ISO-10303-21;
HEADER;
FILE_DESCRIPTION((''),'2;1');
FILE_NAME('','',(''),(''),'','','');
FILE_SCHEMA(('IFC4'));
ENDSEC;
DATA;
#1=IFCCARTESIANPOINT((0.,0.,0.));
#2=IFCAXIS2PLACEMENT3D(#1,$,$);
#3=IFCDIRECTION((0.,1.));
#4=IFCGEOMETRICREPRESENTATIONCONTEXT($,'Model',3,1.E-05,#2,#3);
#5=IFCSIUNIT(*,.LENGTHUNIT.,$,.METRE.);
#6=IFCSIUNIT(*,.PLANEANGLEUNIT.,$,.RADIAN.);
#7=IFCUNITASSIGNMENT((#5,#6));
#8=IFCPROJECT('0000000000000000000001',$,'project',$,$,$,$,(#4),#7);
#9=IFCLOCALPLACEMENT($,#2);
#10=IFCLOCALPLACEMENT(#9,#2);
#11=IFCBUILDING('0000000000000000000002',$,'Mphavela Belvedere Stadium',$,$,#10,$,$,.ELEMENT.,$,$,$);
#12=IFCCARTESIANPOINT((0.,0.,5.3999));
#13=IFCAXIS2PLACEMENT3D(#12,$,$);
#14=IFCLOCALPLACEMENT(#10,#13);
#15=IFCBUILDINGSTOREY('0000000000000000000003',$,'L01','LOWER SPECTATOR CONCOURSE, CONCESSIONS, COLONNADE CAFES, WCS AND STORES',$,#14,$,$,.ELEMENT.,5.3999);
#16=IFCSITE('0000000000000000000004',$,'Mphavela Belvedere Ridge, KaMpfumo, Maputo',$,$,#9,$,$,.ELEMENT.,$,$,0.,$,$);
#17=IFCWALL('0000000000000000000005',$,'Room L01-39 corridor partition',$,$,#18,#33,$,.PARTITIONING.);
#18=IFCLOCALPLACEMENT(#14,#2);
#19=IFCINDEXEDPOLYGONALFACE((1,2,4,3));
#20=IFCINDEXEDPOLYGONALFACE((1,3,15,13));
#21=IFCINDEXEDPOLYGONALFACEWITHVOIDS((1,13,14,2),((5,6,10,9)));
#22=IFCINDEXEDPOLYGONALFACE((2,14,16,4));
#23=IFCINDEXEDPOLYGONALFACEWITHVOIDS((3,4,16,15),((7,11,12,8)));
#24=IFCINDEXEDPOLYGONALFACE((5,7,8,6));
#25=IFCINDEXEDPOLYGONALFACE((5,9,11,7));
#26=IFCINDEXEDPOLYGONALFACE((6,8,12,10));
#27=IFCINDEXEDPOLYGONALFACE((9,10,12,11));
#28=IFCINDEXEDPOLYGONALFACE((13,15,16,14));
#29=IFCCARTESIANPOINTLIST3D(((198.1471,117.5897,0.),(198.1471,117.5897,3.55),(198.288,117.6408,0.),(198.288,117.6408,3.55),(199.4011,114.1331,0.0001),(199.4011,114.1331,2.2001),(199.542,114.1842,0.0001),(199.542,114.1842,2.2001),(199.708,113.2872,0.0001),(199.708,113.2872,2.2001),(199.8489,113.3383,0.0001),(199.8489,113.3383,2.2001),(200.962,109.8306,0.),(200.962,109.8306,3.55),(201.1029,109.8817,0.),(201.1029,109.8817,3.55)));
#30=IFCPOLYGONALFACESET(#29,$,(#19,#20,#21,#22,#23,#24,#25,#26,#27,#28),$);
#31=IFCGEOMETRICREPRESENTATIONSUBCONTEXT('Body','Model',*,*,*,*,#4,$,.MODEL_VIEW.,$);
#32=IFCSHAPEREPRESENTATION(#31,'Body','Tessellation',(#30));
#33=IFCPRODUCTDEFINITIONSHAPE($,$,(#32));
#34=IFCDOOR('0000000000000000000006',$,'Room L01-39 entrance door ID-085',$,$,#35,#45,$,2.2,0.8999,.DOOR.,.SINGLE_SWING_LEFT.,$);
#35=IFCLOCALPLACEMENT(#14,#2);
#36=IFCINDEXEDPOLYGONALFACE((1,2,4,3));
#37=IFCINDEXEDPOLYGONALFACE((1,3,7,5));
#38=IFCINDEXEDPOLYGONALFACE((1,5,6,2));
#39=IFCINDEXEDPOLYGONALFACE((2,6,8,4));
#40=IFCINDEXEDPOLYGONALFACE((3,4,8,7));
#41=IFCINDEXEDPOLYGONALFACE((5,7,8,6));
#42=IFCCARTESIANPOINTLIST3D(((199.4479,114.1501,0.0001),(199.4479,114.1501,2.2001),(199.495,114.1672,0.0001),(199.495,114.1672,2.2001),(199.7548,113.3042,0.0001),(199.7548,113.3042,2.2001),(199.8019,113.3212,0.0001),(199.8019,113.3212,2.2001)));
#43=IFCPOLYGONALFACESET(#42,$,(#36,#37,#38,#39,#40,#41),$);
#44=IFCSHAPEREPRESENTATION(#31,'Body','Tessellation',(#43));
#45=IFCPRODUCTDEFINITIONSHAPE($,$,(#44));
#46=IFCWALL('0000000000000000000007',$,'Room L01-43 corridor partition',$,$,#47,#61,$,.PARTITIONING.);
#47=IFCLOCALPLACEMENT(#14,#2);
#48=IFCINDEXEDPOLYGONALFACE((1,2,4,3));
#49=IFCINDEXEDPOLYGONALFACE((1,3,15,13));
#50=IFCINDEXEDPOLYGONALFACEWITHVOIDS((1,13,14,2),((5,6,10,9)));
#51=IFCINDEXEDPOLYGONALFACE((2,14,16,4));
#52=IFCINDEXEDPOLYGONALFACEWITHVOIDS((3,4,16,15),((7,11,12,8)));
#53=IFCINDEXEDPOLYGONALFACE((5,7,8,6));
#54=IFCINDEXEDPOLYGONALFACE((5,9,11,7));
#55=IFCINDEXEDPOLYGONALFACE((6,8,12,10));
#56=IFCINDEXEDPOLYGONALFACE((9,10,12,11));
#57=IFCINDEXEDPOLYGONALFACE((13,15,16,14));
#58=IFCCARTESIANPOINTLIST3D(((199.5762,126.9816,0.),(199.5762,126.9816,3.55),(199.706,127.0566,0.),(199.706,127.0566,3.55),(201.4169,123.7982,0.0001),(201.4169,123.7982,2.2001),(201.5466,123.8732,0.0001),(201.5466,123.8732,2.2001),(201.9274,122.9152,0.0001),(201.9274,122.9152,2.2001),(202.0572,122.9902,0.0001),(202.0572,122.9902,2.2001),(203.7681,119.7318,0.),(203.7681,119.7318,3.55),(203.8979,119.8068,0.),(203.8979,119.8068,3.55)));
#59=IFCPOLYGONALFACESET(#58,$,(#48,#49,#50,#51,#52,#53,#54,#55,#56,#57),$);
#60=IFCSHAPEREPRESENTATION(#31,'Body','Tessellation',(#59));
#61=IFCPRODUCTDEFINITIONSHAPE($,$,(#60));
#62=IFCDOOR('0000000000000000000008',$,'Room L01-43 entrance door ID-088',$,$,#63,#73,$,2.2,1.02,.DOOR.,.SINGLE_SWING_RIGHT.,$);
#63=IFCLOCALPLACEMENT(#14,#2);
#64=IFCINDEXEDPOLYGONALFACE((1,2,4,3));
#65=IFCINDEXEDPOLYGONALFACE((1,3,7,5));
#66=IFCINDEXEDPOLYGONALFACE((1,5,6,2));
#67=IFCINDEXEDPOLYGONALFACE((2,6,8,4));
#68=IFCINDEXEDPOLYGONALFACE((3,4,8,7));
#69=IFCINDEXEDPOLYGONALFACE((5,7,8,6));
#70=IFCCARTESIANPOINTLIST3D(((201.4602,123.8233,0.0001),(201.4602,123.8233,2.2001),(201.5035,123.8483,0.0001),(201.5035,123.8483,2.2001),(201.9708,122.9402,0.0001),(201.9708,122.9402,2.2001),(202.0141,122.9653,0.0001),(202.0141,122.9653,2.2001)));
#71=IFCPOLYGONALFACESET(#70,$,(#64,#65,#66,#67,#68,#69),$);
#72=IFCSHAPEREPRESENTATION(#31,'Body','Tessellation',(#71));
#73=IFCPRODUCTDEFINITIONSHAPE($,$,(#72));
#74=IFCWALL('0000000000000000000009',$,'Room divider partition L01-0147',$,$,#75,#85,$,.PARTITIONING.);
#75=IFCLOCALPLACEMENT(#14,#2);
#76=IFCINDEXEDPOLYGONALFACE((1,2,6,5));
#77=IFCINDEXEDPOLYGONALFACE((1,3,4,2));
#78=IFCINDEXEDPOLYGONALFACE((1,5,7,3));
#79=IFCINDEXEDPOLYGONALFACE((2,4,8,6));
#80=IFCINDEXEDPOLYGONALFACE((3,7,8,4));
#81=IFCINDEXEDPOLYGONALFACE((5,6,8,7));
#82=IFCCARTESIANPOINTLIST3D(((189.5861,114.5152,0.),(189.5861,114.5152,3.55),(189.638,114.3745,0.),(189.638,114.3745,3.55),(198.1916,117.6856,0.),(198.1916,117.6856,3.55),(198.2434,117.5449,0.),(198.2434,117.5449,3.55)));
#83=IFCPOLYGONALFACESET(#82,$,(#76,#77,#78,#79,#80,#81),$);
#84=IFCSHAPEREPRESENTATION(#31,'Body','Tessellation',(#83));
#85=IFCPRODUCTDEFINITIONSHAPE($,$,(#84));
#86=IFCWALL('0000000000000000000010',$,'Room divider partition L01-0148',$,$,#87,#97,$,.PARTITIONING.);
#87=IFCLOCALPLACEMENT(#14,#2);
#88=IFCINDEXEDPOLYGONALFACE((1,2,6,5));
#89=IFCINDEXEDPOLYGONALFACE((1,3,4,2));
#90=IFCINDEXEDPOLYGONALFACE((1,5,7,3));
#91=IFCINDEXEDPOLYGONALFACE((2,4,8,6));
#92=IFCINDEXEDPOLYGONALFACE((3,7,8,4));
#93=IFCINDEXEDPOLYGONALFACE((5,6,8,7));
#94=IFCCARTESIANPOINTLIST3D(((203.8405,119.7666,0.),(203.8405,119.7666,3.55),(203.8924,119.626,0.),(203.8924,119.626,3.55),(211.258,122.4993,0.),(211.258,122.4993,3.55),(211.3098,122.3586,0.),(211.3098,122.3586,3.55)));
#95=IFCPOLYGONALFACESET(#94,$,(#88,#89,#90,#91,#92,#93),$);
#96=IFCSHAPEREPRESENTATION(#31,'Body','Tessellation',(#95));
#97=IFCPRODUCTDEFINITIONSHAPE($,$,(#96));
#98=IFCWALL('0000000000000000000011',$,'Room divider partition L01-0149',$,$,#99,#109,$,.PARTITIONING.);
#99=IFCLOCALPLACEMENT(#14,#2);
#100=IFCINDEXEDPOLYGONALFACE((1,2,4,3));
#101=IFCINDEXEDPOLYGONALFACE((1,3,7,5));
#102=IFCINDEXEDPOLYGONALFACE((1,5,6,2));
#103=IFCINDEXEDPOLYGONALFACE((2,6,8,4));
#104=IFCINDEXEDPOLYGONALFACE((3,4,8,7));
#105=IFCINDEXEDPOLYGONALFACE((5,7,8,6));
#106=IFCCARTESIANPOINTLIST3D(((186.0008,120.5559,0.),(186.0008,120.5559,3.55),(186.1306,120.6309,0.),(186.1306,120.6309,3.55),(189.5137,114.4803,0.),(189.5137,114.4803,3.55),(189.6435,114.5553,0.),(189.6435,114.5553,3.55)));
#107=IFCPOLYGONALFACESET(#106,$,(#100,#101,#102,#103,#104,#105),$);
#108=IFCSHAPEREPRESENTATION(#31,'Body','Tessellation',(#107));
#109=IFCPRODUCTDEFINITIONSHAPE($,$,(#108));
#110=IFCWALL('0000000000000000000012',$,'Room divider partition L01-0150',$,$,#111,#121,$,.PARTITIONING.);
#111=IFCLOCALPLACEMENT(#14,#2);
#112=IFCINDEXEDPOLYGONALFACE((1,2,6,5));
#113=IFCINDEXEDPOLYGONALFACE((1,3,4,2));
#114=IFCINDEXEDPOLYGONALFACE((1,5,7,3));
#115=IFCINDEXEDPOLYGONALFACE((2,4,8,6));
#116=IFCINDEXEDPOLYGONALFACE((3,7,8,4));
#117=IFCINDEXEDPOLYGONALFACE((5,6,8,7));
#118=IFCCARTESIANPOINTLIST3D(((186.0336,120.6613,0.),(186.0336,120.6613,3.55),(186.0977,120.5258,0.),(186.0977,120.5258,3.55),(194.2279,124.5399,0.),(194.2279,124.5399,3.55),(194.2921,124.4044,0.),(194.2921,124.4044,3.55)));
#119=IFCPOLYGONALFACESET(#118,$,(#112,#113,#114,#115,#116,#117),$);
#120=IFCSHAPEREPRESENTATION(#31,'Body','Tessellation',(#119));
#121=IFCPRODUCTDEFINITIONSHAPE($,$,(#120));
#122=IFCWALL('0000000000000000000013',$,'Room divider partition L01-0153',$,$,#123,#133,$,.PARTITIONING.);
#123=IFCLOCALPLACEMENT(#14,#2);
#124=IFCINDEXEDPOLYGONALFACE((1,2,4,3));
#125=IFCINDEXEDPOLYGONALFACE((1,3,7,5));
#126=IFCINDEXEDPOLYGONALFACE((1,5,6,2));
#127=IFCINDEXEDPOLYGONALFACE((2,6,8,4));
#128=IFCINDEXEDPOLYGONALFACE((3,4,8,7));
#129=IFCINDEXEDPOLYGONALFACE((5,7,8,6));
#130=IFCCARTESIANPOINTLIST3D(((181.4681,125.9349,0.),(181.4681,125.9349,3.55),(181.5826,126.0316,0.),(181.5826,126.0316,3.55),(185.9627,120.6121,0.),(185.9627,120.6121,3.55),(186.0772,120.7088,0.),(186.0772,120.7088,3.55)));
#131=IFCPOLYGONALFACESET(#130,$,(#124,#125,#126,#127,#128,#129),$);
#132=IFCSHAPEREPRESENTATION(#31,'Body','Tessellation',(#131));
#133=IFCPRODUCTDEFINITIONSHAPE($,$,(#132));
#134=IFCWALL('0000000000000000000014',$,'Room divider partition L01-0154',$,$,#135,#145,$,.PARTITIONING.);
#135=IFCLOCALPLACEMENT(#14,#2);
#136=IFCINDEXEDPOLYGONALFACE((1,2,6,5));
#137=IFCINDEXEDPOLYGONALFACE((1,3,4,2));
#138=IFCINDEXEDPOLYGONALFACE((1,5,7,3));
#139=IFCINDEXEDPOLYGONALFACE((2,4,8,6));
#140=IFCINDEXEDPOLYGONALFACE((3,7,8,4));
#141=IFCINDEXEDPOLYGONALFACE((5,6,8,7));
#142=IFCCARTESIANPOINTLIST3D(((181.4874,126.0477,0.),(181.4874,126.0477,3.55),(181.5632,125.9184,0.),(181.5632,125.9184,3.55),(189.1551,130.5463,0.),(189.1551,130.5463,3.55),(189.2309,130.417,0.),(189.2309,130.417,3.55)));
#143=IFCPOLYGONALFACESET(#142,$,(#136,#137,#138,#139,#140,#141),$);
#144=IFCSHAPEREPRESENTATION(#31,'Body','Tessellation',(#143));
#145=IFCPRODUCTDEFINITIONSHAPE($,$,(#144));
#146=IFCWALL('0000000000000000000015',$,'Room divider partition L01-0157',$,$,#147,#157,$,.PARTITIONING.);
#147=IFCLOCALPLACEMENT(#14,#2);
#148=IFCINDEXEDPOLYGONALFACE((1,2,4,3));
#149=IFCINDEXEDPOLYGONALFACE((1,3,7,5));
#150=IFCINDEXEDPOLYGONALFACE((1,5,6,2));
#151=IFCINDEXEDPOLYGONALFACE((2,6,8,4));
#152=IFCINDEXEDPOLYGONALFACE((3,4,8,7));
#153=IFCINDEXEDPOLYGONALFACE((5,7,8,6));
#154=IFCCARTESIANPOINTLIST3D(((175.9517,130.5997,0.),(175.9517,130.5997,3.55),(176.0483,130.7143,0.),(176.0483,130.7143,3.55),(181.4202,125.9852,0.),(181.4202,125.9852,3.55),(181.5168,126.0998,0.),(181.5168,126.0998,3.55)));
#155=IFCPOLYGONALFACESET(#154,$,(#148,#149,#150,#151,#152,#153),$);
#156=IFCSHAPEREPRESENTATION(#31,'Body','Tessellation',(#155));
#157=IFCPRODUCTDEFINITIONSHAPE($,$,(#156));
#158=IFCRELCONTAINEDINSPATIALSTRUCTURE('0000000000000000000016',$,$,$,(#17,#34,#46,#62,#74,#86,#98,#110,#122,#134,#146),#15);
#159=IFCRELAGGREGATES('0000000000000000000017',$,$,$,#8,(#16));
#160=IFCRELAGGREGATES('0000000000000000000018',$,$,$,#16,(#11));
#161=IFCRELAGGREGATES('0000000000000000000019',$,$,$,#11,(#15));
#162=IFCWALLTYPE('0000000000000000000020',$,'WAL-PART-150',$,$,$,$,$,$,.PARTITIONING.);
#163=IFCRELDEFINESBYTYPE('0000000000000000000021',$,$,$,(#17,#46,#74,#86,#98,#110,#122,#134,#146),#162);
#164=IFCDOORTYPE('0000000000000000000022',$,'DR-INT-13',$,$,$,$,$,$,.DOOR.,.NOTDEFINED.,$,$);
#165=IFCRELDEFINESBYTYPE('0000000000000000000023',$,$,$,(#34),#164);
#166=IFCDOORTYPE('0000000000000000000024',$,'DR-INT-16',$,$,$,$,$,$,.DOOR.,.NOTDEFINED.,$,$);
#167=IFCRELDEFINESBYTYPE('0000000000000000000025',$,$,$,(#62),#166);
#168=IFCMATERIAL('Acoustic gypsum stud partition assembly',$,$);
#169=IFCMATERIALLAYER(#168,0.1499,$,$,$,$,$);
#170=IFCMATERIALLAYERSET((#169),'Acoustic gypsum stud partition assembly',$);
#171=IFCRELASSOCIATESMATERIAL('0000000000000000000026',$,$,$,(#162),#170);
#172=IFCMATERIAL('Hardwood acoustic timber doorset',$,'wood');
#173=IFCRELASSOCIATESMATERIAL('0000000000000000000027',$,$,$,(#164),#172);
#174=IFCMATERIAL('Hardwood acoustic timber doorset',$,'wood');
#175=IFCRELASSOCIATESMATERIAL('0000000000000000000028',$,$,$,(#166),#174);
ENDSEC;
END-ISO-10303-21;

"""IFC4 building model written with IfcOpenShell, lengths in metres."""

from ifc_helpers import new_model, si_unit, direction, frame, frame_2d, origin, place, context, subcontext, project, spatial, rectangle, extrude, material, layer, layer_set, type_object, element, fill, save


model = new_model("IFC4")

# Units and contexts
model_context = context("Model", 3, precision=1e-05, world=origin(), true_north=direction((0.0, 1.0)))
body_context = subcontext(model_context, "Body", "Model", "MODEL_VIEW")
ifc_project = project(units=[si_unit("LENGTHUNIT", "METRE"), si_unit("PLANEANGLEUNIT", "RADIAN")], contexts=[model_context])

# Site, building, storey
site_placement = place(None, origin())
site = spatial("IfcSite", under=ifc_project, at=site_placement, Name="Mphavela Belvedere Ridge, KaMpfumo, Maputo", CompositionType="ELEMENT", RefElevation=0.0)
building_placement = place(site_placement, origin())
building = spatial("IfcBuilding", under=site, at=building_placement, Name="Mphavela Belvedere Stadium", CompositionType="ELEMENT")
storey_placement = place(building_placement, frame((0.0, 0.0, 5.3999)))
storey = spatial("IfcBuildingStorey", under=building, at=storey_placement, Name="L01", Description="LOWER SPECTATOR CONCOURSE, CONCESSIONS, COLONNADE CAFES, WCS AND STORES", CompositionType="ELEMENT", Elevation=5.3999)

# Walls, openings, doors
ifc_material_1 = material(Name="Acoustic gypsum stud partition assembly")
ifc_layer_1 = layer(ifc_material_1, 0.1499)
ifc_layer_set_1 = layer_set([ifc_layer_1], Name="Acoustic gypsum stud partition assembly")
wall_type_1 = type_object("IfcWallType", Name="WAL-PART-150", PredefinedType="PARTITIONING", material=ifc_layer_set_1)
wall_1_placement = place(storey_placement, frame((198.2175, 117.6152, 0.0), z_axis=(0.0, 0.0, 1.0), x_axis=(0.341045, -0.940047, 0.0)))
wall_1 = element("IfcWall", 1, at=wall_1_placement, inside=storey, type_object=wall_type_1, Name="Room L01-39 corridor partition", PredefinedType="PARTITIONING", context=body_context, shape_type="SweptSolid", body=[
    extrude(rectangle(XDim=8.2539, YDim=0.1499, at=frame_2d((4.127, 0.0))), origin(), (0.0, 0.0, 1.0), 3.55),
])
opening_1_placement = place(wall_1_placement, frame((3.677, 0.0, 0.0)))
opening_1 = element("IfcOpeningElement", 2, at=opening_1_placement, cuts=wall_1, PredefinedType="OPENING", context=body_context, shape_type="SweptSolid", body=[
    extrude(rectangle(XDim=0.8999, YDim=2.2, at=frame_2d((0.45, 1.1001))), frame((0.0, 0.085, 0.0), z_axis=(0.0, -1.0, 0.0), x_axis=(1.0, 0.0, 0.0)), (0.0, 0.0, 1.0), 0.1699),
])
ifc_material_2 = material(Name="Hardwood acoustic timber doorset", Category="wood")
door_type_1 = type_object("IfcDoorType", Name="DR-INT-13", OperationType="NOTDEFINED", PredefinedType="DOOR", material=ifc_material_2)
door_1_placement = place(opening_1_placement, origin())
door_1 = element("IfcDoor", 3, at=door_1_placement, inside=storey, type_object=door_type_1, Name="Room L01-39 entrance door ID-085", OperationType="SINGLE_SWING_LEFT", OverallHeight=2.2, OverallWidth=0.8999, PredefinedType="DOOR", context=body_context, shape_type="SweptSolid", body=[
    extrude(rectangle(XDim=0.8999, YDim=2.2, at=frame_2d((0.45, 1.1001))), frame((0.0, 0.0249, 0.0), z_axis=(0.0, -1.0, 0.0), x_axis=(1.0, 0.0, 0.0)), (0.0, 0.0, 1.0), 0.05),
])
fill(opening_1, door_1)
wall_2_placement = place(storey_placement, frame((203.833, 119.7693, 0.0), z_axis=(0.0, 0.0, 1.0), x_axis=(-0.500559, 0.865702, 0.0)))
wall_2 = element("IfcWall", 4, at=wall_2_placement, inside=storey, type_object=wall_type_1, Name="Room L01-43 corridor partition", PredefinedType="PARTITIONING", context=body_context, shape_type="SweptSolid", body=[
    extrude(rectangle(XDim=8.3745, YDim=0.1499, at=frame_2d((4.1873, 0.0))), origin(), (0.0, 0.0, 1.0), 3.55),
])
opening_2_placement = place(wall_2_placement, frame((3.6772, 0.0, 0.0)))
opening_2 = element("IfcOpeningElement", 5, at=opening_2_placement, cuts=wall_2, PredefinedType="OPENING", context=body_context, shape_type="SweptSolid", body=[
    extrude(rectangle(XDim=1.02, YDim=2.2, at=frame_2d((0.51, 1.1001))), frame((0.0, 0.085, 0.0), z_axis=(0.0, -1.0, 0.0), x_axis=(1.0, 0.0, 0.0)), (0.0, 0.0, 1.0), 0.1699),
])
ifc_material_3 = material(Name="Hardwood acoustic timber doorset", Category="wood")
door_type_2 = type_object("IfcDoorType", Name="DR-INT-16", OperationType="NOTDEFINED", PredefinedType="DOOR", material=ifc_material_3)
door_2_placement = place(opening_2_placement, origin())
door_2 = element("IfcDoor", 6, at=door_2_placement, inside=storey, type_object=door_type_2, Name="Room L01-43 entrance door ID-088", OperationType="SINGLE_SWING_RIGHT", OverallHeight=2.2, OverallWidth=1.02, PredefinedType="DOOR", context=body_context, shape_type="SweptSolid", body=[
    extrude(rectangle(XDim=1.02, YDim=2.2, at=frame_2d((0.51, 1.1001))), frame((0.0, 0.0249, 0.0), z_axis=(0.0, -1.0, 0.0), x_axis=(1.0, 0.0, 0.0)), (0.0, 0.0, 1.0), 0.05),
])
fill(opening_2, door_2)

# Walls
wall_3_placement = place(storey_placement, frame((189.6121, 114.4448, 0.0), z_axis=(0.0, 0.0, 1.0), x_axis=(0.938344, 0.345703, 0.0)))
element("IfcWall", 7, at=wall_3_placement, inside=storey, type_object=wall_type_1, Name="Room divider partition L01-0147", PredefinedType="PARTITIONING", context=body_context, shape_type="SweptSolid", body=[
    extrude(rectangle(XDim=9.1709, YDim=0.1499, at=frame_2d((4.5854, 0.0))), origin(), (0.0, 0.0, 1.0), 3.55),
])
wall_4_placement = place(storey_placement, frame((203.8665, 119.6963, 0.0), z_axis=(0.0, 0.0, 1.0), x_axis=(0.938347, 0.345695, 0.0)))
element("IfcWall", 8, at=wall_4_placement, inside=storey, type_object=wall_type_1, Name="Room divider partition L01-0148", PredefinedType="PARTITIONING", context=body_context, shape_type="SweptSolid", body=[
    extrude(rectangle(XDim=7.9048, YDim=0.1499, at=frame_2d((3.9524, 0.0))), origin(), (0.0, 0.0, 1.0), 3.55),
])
wall_5_placement = place(storey_placement, frame((189.5786, 114.5178, 0.0), z_axis=(0.0, 0.0, 1.0), x_axis=(-0.500549, 0.865708, 0.0)))
element("IfcWall", 9, at=wall_5_placement, inside=storey, type_object=wall_type_1, Name="Room divider partition L01-0149", PredefinedType="PARTITIONING", context=body_context, shape_type="SweptSolid", body=[
    extrude(rectangle(XDim=7.0181, YDim=0.1499, at=frame_2d((3.509, 0.0))), origin(), (0.0, 0.0, 1.0), 3.55),
])
wall_6_placement = place(storey_placement, frame((186.0657, 120.5935, 0.0), z_axis=(0.0, 0.0, 1.0), x_axis=(0.90386, 0.427828, 0.0)))
element("IfcWall", 10, at=wall_6_placement, inside=storey, type_object=wall_type_1, Name="Room divider partition L01-0150", PredefinedType="PARTITIONING", context=body_context, shape_type="SweptSolid", body=[
    extrude(rectangle(XDim=9.0659, YDim=0.1499, at=frame_2d((4.533, 0.0))), origin(), (0.0, 0.0, 1.0), 3.55),
])
wall_7_placement = place(storey_placement, frame((186.02, 120.6604, 0.0), z_axis=(0.0, 0.0, 1.0), x_axis=(-0.645169, 0.76404, 0.0)))
element("IfcWall", 11, at=wall_7_placement, inside=storey, type_object=wall_type_1, Name="Room divider partition L01-0153", PredefinedType="PARTITIONING", context=body_context, shape_type="SweptSolid", body=[
    extrude(rectangle(XDim=6.9666, YDim=0.1499, at=frame_2d((3.4834, 0.0))), origin(), (0.0, 0.0, 1.0), 3.55),
])
wall_8_placement = place(storey_placement, frame((181.5254, 125.9832, 0.0), z_axis=(0.0, 0.0, 1.0), x_axis=(0.862518, 0.506026, 0.0)))
element("IfcWall", 12, at=wall_8_placement, inside=storey, type_object=wall_type_1, Name="Room divider partition L01-0154", PredefinedType="PARTITIONING", context=body_context, shape_type="SweptSolid", body=[
    extrude(rectangle(XDim=8.8899, YDim=0.1499, at=frame_2d((4.4448, 0.0))), origin(), (0.0, 0.0, 1.0), 3.55),
])
wall_9_placement = place(storey_placement, frame((181.4685, 126.0425, 0.0), z_axis=(0.0, 0.0, 1.0), x_axis=(-0.76426, 0.644908, 0.0)))
element("IfcWall", 13, at=wall_9_placement, inside=storey, type_object=wall_type_1, Name="Room divider partition L01-0157", PredefinedType="PARTITIONING", context=body_context, shape_type="SweptSolid", body=[
    extrude(rectangle(XDim=7.1553, YDim=0.1499, at=frame_2d((3.5776, 0.0))), origin(), (0.0, 0.0, 1.0), 3.55),
])

save(model, "model.ifc")
